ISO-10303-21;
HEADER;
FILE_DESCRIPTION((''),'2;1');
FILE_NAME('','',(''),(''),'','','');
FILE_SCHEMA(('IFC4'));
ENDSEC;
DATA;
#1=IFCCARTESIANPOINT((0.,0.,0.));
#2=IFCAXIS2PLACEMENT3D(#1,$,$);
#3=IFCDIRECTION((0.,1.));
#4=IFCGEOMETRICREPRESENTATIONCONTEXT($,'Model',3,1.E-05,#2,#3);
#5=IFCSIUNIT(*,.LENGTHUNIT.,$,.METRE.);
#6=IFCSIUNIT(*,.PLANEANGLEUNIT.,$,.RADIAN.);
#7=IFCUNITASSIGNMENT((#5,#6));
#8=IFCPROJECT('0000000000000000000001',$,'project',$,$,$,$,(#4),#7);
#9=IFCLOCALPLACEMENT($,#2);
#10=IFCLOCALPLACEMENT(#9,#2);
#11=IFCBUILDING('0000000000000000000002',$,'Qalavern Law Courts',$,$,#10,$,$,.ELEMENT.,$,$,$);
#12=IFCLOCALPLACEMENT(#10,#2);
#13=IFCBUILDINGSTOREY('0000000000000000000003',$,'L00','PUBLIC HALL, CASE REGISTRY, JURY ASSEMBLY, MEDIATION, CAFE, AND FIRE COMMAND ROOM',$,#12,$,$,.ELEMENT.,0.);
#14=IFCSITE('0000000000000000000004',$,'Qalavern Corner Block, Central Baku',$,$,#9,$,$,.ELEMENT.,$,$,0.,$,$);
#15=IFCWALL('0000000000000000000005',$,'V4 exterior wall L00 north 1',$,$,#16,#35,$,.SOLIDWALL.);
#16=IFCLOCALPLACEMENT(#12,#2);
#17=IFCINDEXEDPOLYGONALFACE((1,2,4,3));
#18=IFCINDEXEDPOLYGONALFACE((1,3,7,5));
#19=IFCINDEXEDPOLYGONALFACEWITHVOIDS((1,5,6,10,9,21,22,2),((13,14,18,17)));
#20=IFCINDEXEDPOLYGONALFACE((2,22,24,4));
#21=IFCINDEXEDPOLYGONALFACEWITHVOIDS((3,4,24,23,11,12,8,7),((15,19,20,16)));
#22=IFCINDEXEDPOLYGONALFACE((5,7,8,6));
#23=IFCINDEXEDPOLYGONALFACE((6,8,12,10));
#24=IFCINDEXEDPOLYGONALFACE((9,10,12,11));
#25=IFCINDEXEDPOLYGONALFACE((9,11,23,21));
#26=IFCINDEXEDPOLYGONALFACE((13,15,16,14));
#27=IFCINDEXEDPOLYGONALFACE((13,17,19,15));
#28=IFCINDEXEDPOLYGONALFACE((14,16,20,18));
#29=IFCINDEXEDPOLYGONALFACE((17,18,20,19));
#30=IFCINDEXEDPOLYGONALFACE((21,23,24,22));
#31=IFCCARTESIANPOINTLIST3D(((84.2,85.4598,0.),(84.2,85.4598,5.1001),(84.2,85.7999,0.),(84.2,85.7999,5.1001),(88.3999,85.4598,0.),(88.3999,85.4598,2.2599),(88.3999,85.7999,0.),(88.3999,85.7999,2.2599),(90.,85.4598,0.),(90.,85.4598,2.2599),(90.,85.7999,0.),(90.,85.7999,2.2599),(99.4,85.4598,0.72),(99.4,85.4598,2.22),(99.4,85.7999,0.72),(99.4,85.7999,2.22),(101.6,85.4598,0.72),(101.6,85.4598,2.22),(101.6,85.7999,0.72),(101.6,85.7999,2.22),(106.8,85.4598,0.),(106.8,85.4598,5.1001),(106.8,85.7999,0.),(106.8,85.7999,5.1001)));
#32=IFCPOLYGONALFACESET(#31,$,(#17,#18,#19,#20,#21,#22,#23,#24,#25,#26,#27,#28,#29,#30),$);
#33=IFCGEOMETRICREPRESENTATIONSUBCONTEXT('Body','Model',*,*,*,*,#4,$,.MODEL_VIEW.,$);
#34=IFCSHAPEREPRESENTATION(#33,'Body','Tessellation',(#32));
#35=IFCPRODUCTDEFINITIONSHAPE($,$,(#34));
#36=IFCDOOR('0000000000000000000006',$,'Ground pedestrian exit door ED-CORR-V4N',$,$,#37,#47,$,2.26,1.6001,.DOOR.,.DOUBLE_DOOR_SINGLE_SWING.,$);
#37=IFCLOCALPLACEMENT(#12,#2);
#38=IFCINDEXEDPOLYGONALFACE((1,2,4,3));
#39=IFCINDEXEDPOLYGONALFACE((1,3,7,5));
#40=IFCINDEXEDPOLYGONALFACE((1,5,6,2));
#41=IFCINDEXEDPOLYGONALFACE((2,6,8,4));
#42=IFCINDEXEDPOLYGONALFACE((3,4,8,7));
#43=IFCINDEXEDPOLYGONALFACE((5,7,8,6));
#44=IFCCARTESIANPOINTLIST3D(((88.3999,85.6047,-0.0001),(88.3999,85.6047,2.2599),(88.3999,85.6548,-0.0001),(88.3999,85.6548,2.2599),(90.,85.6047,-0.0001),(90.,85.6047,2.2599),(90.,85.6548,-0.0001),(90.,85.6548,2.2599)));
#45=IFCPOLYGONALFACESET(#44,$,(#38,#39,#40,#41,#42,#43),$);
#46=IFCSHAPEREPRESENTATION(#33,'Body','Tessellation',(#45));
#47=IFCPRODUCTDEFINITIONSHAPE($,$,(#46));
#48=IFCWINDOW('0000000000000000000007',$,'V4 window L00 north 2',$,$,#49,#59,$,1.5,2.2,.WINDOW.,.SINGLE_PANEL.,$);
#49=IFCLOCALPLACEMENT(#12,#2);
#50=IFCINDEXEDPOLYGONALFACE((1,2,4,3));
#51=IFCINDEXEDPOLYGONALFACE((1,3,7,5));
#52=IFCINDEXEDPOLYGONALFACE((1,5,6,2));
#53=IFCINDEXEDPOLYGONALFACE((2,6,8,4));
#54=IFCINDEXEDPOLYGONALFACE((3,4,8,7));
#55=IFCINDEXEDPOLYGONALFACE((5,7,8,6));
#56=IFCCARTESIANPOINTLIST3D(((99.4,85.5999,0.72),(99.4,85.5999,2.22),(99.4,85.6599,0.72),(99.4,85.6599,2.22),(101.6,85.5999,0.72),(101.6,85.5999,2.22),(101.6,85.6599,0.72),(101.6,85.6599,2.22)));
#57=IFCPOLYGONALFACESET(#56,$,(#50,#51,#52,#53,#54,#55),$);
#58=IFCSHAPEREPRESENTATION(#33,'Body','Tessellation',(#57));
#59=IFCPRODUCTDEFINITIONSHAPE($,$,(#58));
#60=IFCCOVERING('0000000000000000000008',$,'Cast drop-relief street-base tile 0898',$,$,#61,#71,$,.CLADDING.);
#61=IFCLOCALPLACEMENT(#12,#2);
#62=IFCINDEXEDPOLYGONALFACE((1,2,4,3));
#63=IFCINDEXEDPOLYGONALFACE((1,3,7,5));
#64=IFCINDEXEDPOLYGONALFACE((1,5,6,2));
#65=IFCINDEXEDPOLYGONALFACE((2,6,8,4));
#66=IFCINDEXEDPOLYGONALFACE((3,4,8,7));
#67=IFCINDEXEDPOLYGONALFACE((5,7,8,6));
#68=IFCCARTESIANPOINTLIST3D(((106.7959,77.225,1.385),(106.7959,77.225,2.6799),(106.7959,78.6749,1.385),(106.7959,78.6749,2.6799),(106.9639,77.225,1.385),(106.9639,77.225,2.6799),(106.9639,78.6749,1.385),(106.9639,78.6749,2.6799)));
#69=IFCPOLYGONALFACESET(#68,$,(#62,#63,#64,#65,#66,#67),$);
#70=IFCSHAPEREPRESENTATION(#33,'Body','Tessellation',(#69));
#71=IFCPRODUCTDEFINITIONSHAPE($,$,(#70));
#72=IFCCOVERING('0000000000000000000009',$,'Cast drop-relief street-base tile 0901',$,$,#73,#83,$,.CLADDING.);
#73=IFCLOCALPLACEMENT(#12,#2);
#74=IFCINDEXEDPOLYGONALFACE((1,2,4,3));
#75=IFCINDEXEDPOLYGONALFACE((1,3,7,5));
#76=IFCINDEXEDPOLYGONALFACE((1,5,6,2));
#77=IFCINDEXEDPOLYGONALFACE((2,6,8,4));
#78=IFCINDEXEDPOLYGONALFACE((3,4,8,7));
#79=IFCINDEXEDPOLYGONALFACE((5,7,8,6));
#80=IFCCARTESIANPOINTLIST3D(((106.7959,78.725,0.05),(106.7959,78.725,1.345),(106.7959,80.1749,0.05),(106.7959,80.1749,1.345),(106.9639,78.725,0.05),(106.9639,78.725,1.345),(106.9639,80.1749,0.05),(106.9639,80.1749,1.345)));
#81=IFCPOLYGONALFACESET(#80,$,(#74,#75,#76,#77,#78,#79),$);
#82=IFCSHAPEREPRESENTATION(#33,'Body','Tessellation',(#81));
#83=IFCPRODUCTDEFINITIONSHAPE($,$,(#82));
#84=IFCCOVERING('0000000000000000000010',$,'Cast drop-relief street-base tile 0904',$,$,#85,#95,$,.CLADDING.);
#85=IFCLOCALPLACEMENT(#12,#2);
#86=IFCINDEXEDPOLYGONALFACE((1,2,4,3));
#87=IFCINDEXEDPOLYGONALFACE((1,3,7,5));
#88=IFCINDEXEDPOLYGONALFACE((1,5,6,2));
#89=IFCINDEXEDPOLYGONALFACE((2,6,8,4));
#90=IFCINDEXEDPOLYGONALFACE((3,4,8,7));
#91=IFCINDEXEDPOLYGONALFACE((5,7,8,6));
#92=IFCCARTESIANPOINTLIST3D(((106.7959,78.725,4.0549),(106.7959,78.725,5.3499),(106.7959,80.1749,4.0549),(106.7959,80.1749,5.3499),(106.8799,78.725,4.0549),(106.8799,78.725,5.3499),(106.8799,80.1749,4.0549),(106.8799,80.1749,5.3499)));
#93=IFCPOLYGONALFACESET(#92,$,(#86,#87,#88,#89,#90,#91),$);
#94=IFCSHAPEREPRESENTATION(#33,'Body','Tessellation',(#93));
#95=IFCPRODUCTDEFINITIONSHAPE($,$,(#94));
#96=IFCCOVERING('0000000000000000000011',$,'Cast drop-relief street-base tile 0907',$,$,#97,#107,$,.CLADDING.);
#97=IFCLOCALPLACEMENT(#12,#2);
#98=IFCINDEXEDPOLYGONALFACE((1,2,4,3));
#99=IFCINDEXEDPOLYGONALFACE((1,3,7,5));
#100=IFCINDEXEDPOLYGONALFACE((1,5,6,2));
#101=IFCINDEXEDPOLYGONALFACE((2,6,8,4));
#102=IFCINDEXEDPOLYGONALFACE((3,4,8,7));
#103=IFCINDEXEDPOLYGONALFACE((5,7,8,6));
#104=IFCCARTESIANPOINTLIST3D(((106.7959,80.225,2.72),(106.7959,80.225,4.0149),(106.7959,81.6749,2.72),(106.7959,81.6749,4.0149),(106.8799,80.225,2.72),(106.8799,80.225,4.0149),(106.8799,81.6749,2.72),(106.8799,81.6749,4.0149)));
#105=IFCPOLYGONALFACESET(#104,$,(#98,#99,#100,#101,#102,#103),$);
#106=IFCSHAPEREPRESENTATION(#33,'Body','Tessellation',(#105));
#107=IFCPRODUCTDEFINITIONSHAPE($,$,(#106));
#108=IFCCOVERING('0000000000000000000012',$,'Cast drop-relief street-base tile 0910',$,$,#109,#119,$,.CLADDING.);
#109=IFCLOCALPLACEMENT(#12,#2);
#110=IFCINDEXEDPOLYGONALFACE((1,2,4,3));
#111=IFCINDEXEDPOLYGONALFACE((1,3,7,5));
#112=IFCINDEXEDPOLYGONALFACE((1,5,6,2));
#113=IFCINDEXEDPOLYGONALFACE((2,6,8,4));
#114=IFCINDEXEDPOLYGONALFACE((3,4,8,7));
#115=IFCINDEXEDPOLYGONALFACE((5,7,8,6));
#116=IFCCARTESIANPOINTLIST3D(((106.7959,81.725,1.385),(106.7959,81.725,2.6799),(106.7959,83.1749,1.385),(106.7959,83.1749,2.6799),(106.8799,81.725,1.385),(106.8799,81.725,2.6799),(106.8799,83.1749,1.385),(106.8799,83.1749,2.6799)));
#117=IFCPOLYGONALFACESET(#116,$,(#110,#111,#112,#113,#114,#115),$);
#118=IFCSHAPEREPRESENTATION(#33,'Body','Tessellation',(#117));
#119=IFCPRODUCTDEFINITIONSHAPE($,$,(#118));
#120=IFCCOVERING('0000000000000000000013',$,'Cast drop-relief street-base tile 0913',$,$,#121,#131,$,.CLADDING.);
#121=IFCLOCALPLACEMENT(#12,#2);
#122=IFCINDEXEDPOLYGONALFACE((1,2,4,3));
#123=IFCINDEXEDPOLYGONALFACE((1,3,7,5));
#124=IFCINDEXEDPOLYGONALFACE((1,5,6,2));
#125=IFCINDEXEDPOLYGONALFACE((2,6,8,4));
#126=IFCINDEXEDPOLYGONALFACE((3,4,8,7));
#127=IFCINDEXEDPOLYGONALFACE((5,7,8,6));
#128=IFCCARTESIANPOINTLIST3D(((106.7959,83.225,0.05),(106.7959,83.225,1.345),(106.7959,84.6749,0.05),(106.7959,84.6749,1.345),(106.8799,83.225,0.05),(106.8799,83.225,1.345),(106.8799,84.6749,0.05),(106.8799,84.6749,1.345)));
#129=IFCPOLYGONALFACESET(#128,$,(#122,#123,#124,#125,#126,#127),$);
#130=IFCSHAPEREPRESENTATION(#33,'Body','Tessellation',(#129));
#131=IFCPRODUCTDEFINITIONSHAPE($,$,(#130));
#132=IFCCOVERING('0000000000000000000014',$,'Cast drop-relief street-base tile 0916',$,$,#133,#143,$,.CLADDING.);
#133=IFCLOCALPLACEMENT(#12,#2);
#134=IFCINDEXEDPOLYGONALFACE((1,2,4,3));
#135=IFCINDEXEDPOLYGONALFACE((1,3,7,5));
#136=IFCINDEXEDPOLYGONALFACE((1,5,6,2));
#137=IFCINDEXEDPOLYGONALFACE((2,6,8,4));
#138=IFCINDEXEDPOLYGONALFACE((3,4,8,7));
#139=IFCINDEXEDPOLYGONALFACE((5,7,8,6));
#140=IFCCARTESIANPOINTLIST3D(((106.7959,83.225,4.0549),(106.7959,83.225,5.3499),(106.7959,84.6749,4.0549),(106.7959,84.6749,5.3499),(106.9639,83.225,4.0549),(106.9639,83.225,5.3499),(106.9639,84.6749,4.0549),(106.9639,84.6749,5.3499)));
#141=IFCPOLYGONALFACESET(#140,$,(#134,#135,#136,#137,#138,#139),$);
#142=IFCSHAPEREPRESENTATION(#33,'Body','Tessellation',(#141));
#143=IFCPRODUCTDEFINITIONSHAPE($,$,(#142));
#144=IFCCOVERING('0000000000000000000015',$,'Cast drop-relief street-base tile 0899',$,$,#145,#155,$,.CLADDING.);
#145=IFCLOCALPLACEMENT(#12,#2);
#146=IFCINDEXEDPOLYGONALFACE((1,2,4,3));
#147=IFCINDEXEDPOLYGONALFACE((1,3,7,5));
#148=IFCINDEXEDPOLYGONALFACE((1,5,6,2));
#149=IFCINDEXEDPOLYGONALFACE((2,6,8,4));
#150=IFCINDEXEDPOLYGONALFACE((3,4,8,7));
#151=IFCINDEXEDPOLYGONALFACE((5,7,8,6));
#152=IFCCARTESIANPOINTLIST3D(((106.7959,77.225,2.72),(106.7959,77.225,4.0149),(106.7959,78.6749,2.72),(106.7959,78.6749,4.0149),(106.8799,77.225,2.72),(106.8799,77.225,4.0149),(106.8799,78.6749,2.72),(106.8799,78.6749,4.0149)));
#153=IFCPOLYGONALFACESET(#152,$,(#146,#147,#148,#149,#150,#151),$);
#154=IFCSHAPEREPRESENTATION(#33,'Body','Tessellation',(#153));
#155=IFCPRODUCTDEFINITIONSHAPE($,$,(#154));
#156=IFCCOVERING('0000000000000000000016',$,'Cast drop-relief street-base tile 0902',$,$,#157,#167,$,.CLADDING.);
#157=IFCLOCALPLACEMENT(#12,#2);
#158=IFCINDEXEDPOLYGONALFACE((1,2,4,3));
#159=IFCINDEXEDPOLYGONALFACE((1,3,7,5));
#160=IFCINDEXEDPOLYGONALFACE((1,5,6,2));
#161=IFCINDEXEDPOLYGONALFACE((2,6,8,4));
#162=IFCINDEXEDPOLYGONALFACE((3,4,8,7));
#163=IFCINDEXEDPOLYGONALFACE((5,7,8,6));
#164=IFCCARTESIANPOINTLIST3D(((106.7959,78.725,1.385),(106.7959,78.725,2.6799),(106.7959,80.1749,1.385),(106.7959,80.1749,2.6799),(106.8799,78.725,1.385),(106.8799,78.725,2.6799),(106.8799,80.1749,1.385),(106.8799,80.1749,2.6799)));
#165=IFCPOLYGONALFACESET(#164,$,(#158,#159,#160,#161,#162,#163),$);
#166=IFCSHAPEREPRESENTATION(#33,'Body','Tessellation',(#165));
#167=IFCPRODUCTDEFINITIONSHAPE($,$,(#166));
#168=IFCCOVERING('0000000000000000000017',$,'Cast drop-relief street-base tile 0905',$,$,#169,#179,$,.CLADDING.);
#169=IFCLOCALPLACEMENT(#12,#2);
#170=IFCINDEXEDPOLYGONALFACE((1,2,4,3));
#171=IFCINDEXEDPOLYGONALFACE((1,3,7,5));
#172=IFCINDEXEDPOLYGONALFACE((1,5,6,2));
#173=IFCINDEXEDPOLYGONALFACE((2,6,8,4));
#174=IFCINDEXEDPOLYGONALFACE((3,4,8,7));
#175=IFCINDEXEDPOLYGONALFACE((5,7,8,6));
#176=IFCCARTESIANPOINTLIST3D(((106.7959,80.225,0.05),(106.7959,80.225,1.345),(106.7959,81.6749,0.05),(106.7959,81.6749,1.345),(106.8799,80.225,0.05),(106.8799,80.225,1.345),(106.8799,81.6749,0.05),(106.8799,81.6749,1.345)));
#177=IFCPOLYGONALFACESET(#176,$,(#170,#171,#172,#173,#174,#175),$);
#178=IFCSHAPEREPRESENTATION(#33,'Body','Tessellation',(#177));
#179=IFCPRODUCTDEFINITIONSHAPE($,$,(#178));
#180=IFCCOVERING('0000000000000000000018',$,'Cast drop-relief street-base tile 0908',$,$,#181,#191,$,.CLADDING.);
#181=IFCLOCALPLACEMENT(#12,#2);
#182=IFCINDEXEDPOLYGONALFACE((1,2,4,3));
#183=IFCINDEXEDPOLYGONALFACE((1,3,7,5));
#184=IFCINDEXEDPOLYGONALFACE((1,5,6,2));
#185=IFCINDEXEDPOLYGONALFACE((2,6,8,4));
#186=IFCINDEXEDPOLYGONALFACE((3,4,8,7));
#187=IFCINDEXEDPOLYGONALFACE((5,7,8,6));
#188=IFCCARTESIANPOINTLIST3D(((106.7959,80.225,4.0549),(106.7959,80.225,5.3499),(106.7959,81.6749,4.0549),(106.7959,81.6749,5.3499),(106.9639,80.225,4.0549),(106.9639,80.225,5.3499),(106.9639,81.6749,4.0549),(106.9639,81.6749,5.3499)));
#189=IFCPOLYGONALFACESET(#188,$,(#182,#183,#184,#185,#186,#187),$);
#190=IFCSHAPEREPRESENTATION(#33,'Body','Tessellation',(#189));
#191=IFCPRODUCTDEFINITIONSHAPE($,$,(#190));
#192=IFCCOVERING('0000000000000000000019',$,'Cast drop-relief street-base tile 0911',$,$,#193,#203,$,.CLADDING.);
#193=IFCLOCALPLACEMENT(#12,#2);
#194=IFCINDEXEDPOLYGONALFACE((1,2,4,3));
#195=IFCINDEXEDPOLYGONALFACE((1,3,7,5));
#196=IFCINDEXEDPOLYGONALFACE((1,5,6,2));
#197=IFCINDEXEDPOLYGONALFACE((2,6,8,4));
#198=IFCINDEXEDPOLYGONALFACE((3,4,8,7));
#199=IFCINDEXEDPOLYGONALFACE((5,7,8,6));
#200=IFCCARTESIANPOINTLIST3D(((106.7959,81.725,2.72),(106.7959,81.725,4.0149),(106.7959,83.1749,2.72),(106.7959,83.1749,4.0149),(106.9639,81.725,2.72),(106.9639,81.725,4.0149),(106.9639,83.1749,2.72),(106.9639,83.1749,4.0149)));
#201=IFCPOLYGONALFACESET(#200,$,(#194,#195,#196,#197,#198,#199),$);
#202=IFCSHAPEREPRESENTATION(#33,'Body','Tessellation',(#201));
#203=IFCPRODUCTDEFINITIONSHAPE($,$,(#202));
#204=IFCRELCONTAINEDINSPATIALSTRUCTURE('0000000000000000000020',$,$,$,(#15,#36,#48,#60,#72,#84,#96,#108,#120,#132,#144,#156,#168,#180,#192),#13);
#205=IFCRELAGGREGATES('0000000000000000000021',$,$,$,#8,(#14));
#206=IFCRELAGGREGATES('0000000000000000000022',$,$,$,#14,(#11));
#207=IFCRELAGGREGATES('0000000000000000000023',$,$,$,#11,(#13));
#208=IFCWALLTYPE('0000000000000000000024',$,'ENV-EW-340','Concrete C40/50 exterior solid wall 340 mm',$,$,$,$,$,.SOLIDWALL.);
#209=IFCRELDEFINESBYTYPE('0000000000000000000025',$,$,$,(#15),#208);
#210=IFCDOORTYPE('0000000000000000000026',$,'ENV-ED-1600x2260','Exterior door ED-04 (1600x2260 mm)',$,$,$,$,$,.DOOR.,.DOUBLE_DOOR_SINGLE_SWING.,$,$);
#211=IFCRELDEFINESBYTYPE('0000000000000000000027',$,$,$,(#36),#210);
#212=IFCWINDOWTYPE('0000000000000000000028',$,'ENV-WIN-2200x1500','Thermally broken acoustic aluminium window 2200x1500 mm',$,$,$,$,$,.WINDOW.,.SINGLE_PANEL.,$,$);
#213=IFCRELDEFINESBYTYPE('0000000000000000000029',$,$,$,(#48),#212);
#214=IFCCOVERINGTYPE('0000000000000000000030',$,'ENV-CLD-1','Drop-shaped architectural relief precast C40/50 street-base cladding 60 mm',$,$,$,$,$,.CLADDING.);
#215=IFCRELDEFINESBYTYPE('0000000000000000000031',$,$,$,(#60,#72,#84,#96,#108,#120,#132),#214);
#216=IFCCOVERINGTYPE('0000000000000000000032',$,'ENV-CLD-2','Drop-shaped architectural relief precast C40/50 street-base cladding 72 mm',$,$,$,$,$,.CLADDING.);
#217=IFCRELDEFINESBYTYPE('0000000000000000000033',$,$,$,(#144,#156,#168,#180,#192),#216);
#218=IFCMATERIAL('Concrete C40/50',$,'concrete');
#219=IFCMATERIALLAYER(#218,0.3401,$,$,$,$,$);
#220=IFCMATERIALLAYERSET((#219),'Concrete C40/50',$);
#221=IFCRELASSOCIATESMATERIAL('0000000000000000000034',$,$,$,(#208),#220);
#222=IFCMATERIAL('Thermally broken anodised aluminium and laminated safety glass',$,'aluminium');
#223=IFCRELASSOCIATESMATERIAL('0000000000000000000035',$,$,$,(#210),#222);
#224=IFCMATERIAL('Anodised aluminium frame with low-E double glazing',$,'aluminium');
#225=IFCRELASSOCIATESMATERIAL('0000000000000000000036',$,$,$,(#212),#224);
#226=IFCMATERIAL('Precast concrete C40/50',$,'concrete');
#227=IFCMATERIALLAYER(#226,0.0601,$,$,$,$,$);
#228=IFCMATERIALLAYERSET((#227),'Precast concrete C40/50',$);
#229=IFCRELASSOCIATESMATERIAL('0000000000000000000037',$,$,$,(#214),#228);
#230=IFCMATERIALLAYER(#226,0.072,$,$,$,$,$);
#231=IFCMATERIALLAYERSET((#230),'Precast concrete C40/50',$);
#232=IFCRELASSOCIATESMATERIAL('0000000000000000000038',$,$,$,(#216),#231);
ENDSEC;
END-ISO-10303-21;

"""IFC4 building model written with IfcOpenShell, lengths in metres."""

from ifc_helpers import new_model, si_unit, direction, frame, frame_2d, origin, origin_2d, place, context, subcontext, project, spatial, rectangle, extrude, material, layer, layer_set, type_object, element, fill, save


model = new_model("IFC4")

# Units and contexts
model_context = context("Model", 3, precision=1e-05, world=origin(), true_north=direction((0.0, 1.0)))
body_context = subcontext(model_context, "Body", "Model", "MODEL_VIEW")
ifc_project = project(units=[si_unit("LENGTHUNIT", "METRE"), si_unit("PLANEANGLEUNIT", "RADIAN")], contexts=[model_context])

# Site, building, storey
site_placement = place(None, origin())
site = spatial("IfcSite", under=ifc_project, at=site_placement, Name="Qalavern Corner Block, Central Baku", CompositionType="ELEMENT", RefElevation=0.0)
building_placement = place(site_placement, origin())
building = spatial("IfcBuilding", under=site, at=building_placement, Name="Qalavern Law Courts", CompositionType="ELEMENT")
storey_placement = place(building_placement, origin())
storey = spatial("IfcBuildingStorey", under=building, at=storey_placement, Name="L00", Description="PUBLIC HALL, CASE REGISTRY, JURY ASSEMBLY, MEDIATION, CAFE, AND FIRE COMMAND ROOM", CompositionType="ELEMENT", Elevation=0.0)

# Wall, openings, door, window
ifc_material_1 = material(Name="Concrete C40/50", Category="concrete")
ifc_layer_1 = layer(ifc_material_1, 0.3401)
ifc_layer_set_1 = layer_set([ifc_layer_1], Name="Concrete C40/50")
wall_type = type_object("IfcWallType", Name="ENV-EW-340", Description="Concrete C40/50 exterior solid wall 340 mm", PredefinedType="SOLIDWALL", material=ifc_layer_set_1)
wall_placement = place(storey_placement, frame((106.8, 85.6299, 0.0), z_axis=(0.0, 0.0, 1.0), x_axis=(-1.0, 0.0, 0.0)))
wall = element("IfcWall", 1, at=wall_placement, inside=storey, type_object=wall_type, Name="V4 exterior wall L00 north 1", PredefinedType="SOLIDWALL", context=body_context, shape_type="SweptSolid", body=[
    extrude(rectangle(XDim=22.6001, YDim=0.3401, at=frame_2d((11.3, 0.0))), origin(), (0.0, 0.0, 1.0), 5.1001),
])
opening_1_placement = place(wall_placement, frame((16.8, 0.0, 0.0)))
opening_1 = element("IfcOpeningElement", 2, at=opening_1_placement, cuts=wall, PredefinedType="OPENING", context=body_context, shape_type="SweptSolid", body=[
    extrude(rectangle(XDim=1.6001, YDim=2.26, at=frame_2d((0.8, 1.1299))), frame((0.0, 0.1851, 0.0), z_axis=(0.0, -1.0, 0.0), x_axis=(1.0, 0.0, 0.0)), (0.0, 0.0, 1.0), 0.3699),
])
opening_2_placement = place(wall_placement, frame((5.2, 0.0, 0.72)))
opening_2 = element("IfcOpeningElement", 3, at=opening_2_placement, cuts=wall, PredefinedType="OPENING", context=body_context, shape_type="SweptSolid", body=[
    extrude(rectangle(XDim=2.2, YDim=1.5, at=frame_2d((1.1001, 0.75))), frame((0.0, 0.1851, 0.0), z_axis=(0.0, -1.0, 0.0), x_axis=(1.0, 0.0, 0.0)), (0.0, 0.0, 1.0), 0.3699),
])
ifc_material_2 = material(Name="Thermally broken anodised aluminium and laminated safety glass", Category="aluminium")
door_type = type_object("IfcDoorType", Name="ENV-ED-1600x2260", Description="Exterior door ED-04 (1600x2260 mm)", OperationType="DOUBLE_DOOR_SINGLE_SWING", PredefinedType="DOOR", material=ifc_material_2)
door_placement = place(opening_1_placement, frame((1.6001, 0.0, 0.0), z_axis=(0.0, 0.0, 1.0), x_axis=(-1.0, 0.0, 0.0)))
door = element("IfcDoor", 4, at=door_placement, inside=storey, type_object=door_type, Name="Ground pedestrian exit door ED-CORR-V4N", OperationType="DOUBLE_DOOR_SINGLE_SWING", OverallHeight=2.26, OverallWidth=1.6001, PredefinedType="DOOR", context=body_context, shape_type="SweptSolid", body=[
    extrude(rectangle(XDim=1.6001, YDim=2.26, at=frame_2d((0.8, 1.1299))), frame((0.0, 0.0249, 0.0), z_axis=(0.0, -1.0, 0.0), x_axis=(1.0, 0.0, 0.0)), (0.0, 0.0, 1.0), 0.05),
])
fill(opening_1, door)
ifc_material_3 = material(Name="Anodised aluminium frame with low-E double glazing", Category="aluminium")
window_type = type_object("IfcWindowType", Name="ENV-WIN-2200x1500", Description="Thermally broken acoustic aluminium window 2200x1500 mm", PartitioningType="SINGLE_PANEL", PredefinedType="WINDOW", material=ifc_material_3)
window_placement = place(opening_2_placement, origin())
window = element("IfcWindow", 5, at=window_placement, inside=storey, type_object=window_type, Name="V4 window L00 north 2", OverallHeight=1.5, OverallWidth=2.2, PartitioningType="SINGLE_PANEL", PredefinedType="WINDOW", context=body_context, shape_type="SweptSolid", body=[
    extrude(rectangle(XDim=2.2, YDim=1.5, at=frame_2d((1.1001, 0.75))), frame((0.0, 0.03, 0.0), z_axis=(0.0, -1.0, 0.0), x_axis=(1.0, 0.0, 0.0)), (0.0, 0.0, 1.0), 0.0601),
])
fill(opening_2, window)

# Coverings
ifc_material_4 = material(Name="Precast concrete C40/50", Category="concrete")
ifc_layer_2 = layer(ifc_material_4, 0.0601)
ifc_layer_set_2 = layer_set([ifc_layer_2], Name="Precast concrete C40/50")
covering_type_1 = type_object("IfcCoveringType", Name="ENV-CLD-1", Description="Drop-shaped architectural relief precast C40/50 street-base cladding 60 mm", PredefinedType="CLADDING", material=ifc_layer_set_2)
for number, where, z_axis, x_axis, name in (
    (6, (106.8799, 77.95, 1.385), (0.0, 0.0, 1.0), (0.0, 1.0, 0.0), "Cast drop-relief street-base tile 0898"),
    (7, (106.8799, 79.45, 0.05), (0.0, 0.0, 1.0), (0.0, 1.0, 0.0), "Cast drop-relief street-base tile 0901"),
):
    element("IfcCovering", number, at=place(storey_placement, frame(where, z_axis=z_axis, x_axis=x_axis)), inside=storey, type_object=covering_type_1, Name=name, PredefinedType="CLADDING", context=body_context, shape_type="SweptSolid", body=[
        extrude(rectangle(XDim=1.45, YDim=0.168, at=origin_2d()), origin(), (0.0, 0.0, 1.0), 1.2949),
    ])
for number, where, z_axis, x_axis, name in (
    (8, (106.8379, 79.45, 4.0549), (0.0, 0.0, 1.0), (0.0, 1.0, 0.0), "Cast drop-relief street-base tile 0904"),
    (9, (106.8379, 80.95, 2.72), (0.0, 0.0, 1.0), (0.0, 1.0, 0.0), "Cast drop-relief street-base tile 0907"),
    (10, (106.8379, 82.45, 1.385), (0.0, 0.0, 1.0), (0.0, 1.0, 0.0), "Cast drop-relief street-base tile 0910"),
    (11, (106.8379, 83.95, 0.05), (0.0, 0.0, 1.0), (0.0, 1.0, 0.0), "Cast drop-relief street-base tile 0913"),
):
    element("IfcCovering", number, at=place(storey_placement, frame(where, z_axis=z_axis, x_axis=x_axis)), inside=storey, type_object=covering_type_1, Name=name, PredefinedType="CLADDING", context=body_context, shape_type="SweptSolid", body=[
        extrude(rectangle(XDim=1.45, YDim=0.084, at=origin_2d()), origin(), (0.0, 0.0, 1.0), 1.2949),
    ])
covering_placement = place(storey_placement, frame((106.8799, 83.95, 4.0549), z_axis=(0.0, 0.0, 1.0), x_axis=(0.0, 1.0, 0.0)))
element("IfcCovering", 12, at=covering_placement, inside=storey, type_object=covering_type_1, Name="Cast drop-relief street-base tile 0916", PredefinedType="CLADDING", context=body_context, shape_type="SweptSolid", body=[
    extrude(rectangle(XDim=1.45, YDim=0.168, at=origin_2d()), origin(), (0.0, 0.0, 1.0), 1.2949),
])
ifc_layer_3 = layer(ifc_material_4, 0.072)
ifc_layer_set_3 = layer_set([ifc_layer_3], Name="Precast concrete C40/50")
covering_type_2 = type_object("IfcCoveringType", Name="ENV-CLD-2", Description="Drop-shaped architectural relief precast C40/50 street-base cladding 72 mm", PredefinedType="CLADDING", material=ifc_layer_set_3)
for number, where, z_axis, x_axis, name in (
    (13, (106.8379, 77.95, 2.72), (0.0, 0.0, 1.0), (0.0, 1.0, 0.0), "Cast drop-relief street-base tile 0899"),
    (14, (106.8379, 79.45, 1.385), (0.0, 0.0, 1.0), (0.0, 1.0, 0.0), "Cast drop-relief street-base tile 0902"),
    (15, (106.8379, 80.95, 0.05), (0.0, 0.0, 1.0), (0.0, 1.0, 0.0), "Cast drop-relief street-base tile 0905"),
):
    element("IfcCovering", number, at=place(storey_placement, frame(where, z_axis=z_axis, x_axis=x_axis)), inside=storey, type_object=covering_type_2, Name=name, PredefinedType="CLADDING", context=body_context, shape_type="SweptSolid", body=[
        extrude(rectangle(XDim=1.45, YDim=0.084, at=origin_2d()), origin(), (0.0, 0.0, 1.0), 1.2949),
    ])
for number, where, z_axis, x_axis, name in (
    (16, (106.8799, 80.95, 4.0549), (0.0, 0.0, 1.0), (0.0, 1.0, 0.0), "Cast drop-relief street-base tile 0908"),
    (17, (106.8799, 82.45, 2.72), (0.0, 0.0, 1.0), (0.0, 1.0, 0.0), "Cast drop-relief street-base tile 0911"),
):
    element("IfcCovering", number, at=place(storey_placement, frame(where, z_axis=z_axis, x_axis=x_axis)), inside=storey, type_object=covering_type_2, Name=name, PredefinedType="CLADDING", context=body_context, shape_type="SweptSolid", body=[
        extrude(rectangle(XDim=1.45, YDim=0.168, at=origin_2d()), origin(), (0.0, 0.0, 1.0), 1.2949),
    ])

save(model, "model.ifc")
